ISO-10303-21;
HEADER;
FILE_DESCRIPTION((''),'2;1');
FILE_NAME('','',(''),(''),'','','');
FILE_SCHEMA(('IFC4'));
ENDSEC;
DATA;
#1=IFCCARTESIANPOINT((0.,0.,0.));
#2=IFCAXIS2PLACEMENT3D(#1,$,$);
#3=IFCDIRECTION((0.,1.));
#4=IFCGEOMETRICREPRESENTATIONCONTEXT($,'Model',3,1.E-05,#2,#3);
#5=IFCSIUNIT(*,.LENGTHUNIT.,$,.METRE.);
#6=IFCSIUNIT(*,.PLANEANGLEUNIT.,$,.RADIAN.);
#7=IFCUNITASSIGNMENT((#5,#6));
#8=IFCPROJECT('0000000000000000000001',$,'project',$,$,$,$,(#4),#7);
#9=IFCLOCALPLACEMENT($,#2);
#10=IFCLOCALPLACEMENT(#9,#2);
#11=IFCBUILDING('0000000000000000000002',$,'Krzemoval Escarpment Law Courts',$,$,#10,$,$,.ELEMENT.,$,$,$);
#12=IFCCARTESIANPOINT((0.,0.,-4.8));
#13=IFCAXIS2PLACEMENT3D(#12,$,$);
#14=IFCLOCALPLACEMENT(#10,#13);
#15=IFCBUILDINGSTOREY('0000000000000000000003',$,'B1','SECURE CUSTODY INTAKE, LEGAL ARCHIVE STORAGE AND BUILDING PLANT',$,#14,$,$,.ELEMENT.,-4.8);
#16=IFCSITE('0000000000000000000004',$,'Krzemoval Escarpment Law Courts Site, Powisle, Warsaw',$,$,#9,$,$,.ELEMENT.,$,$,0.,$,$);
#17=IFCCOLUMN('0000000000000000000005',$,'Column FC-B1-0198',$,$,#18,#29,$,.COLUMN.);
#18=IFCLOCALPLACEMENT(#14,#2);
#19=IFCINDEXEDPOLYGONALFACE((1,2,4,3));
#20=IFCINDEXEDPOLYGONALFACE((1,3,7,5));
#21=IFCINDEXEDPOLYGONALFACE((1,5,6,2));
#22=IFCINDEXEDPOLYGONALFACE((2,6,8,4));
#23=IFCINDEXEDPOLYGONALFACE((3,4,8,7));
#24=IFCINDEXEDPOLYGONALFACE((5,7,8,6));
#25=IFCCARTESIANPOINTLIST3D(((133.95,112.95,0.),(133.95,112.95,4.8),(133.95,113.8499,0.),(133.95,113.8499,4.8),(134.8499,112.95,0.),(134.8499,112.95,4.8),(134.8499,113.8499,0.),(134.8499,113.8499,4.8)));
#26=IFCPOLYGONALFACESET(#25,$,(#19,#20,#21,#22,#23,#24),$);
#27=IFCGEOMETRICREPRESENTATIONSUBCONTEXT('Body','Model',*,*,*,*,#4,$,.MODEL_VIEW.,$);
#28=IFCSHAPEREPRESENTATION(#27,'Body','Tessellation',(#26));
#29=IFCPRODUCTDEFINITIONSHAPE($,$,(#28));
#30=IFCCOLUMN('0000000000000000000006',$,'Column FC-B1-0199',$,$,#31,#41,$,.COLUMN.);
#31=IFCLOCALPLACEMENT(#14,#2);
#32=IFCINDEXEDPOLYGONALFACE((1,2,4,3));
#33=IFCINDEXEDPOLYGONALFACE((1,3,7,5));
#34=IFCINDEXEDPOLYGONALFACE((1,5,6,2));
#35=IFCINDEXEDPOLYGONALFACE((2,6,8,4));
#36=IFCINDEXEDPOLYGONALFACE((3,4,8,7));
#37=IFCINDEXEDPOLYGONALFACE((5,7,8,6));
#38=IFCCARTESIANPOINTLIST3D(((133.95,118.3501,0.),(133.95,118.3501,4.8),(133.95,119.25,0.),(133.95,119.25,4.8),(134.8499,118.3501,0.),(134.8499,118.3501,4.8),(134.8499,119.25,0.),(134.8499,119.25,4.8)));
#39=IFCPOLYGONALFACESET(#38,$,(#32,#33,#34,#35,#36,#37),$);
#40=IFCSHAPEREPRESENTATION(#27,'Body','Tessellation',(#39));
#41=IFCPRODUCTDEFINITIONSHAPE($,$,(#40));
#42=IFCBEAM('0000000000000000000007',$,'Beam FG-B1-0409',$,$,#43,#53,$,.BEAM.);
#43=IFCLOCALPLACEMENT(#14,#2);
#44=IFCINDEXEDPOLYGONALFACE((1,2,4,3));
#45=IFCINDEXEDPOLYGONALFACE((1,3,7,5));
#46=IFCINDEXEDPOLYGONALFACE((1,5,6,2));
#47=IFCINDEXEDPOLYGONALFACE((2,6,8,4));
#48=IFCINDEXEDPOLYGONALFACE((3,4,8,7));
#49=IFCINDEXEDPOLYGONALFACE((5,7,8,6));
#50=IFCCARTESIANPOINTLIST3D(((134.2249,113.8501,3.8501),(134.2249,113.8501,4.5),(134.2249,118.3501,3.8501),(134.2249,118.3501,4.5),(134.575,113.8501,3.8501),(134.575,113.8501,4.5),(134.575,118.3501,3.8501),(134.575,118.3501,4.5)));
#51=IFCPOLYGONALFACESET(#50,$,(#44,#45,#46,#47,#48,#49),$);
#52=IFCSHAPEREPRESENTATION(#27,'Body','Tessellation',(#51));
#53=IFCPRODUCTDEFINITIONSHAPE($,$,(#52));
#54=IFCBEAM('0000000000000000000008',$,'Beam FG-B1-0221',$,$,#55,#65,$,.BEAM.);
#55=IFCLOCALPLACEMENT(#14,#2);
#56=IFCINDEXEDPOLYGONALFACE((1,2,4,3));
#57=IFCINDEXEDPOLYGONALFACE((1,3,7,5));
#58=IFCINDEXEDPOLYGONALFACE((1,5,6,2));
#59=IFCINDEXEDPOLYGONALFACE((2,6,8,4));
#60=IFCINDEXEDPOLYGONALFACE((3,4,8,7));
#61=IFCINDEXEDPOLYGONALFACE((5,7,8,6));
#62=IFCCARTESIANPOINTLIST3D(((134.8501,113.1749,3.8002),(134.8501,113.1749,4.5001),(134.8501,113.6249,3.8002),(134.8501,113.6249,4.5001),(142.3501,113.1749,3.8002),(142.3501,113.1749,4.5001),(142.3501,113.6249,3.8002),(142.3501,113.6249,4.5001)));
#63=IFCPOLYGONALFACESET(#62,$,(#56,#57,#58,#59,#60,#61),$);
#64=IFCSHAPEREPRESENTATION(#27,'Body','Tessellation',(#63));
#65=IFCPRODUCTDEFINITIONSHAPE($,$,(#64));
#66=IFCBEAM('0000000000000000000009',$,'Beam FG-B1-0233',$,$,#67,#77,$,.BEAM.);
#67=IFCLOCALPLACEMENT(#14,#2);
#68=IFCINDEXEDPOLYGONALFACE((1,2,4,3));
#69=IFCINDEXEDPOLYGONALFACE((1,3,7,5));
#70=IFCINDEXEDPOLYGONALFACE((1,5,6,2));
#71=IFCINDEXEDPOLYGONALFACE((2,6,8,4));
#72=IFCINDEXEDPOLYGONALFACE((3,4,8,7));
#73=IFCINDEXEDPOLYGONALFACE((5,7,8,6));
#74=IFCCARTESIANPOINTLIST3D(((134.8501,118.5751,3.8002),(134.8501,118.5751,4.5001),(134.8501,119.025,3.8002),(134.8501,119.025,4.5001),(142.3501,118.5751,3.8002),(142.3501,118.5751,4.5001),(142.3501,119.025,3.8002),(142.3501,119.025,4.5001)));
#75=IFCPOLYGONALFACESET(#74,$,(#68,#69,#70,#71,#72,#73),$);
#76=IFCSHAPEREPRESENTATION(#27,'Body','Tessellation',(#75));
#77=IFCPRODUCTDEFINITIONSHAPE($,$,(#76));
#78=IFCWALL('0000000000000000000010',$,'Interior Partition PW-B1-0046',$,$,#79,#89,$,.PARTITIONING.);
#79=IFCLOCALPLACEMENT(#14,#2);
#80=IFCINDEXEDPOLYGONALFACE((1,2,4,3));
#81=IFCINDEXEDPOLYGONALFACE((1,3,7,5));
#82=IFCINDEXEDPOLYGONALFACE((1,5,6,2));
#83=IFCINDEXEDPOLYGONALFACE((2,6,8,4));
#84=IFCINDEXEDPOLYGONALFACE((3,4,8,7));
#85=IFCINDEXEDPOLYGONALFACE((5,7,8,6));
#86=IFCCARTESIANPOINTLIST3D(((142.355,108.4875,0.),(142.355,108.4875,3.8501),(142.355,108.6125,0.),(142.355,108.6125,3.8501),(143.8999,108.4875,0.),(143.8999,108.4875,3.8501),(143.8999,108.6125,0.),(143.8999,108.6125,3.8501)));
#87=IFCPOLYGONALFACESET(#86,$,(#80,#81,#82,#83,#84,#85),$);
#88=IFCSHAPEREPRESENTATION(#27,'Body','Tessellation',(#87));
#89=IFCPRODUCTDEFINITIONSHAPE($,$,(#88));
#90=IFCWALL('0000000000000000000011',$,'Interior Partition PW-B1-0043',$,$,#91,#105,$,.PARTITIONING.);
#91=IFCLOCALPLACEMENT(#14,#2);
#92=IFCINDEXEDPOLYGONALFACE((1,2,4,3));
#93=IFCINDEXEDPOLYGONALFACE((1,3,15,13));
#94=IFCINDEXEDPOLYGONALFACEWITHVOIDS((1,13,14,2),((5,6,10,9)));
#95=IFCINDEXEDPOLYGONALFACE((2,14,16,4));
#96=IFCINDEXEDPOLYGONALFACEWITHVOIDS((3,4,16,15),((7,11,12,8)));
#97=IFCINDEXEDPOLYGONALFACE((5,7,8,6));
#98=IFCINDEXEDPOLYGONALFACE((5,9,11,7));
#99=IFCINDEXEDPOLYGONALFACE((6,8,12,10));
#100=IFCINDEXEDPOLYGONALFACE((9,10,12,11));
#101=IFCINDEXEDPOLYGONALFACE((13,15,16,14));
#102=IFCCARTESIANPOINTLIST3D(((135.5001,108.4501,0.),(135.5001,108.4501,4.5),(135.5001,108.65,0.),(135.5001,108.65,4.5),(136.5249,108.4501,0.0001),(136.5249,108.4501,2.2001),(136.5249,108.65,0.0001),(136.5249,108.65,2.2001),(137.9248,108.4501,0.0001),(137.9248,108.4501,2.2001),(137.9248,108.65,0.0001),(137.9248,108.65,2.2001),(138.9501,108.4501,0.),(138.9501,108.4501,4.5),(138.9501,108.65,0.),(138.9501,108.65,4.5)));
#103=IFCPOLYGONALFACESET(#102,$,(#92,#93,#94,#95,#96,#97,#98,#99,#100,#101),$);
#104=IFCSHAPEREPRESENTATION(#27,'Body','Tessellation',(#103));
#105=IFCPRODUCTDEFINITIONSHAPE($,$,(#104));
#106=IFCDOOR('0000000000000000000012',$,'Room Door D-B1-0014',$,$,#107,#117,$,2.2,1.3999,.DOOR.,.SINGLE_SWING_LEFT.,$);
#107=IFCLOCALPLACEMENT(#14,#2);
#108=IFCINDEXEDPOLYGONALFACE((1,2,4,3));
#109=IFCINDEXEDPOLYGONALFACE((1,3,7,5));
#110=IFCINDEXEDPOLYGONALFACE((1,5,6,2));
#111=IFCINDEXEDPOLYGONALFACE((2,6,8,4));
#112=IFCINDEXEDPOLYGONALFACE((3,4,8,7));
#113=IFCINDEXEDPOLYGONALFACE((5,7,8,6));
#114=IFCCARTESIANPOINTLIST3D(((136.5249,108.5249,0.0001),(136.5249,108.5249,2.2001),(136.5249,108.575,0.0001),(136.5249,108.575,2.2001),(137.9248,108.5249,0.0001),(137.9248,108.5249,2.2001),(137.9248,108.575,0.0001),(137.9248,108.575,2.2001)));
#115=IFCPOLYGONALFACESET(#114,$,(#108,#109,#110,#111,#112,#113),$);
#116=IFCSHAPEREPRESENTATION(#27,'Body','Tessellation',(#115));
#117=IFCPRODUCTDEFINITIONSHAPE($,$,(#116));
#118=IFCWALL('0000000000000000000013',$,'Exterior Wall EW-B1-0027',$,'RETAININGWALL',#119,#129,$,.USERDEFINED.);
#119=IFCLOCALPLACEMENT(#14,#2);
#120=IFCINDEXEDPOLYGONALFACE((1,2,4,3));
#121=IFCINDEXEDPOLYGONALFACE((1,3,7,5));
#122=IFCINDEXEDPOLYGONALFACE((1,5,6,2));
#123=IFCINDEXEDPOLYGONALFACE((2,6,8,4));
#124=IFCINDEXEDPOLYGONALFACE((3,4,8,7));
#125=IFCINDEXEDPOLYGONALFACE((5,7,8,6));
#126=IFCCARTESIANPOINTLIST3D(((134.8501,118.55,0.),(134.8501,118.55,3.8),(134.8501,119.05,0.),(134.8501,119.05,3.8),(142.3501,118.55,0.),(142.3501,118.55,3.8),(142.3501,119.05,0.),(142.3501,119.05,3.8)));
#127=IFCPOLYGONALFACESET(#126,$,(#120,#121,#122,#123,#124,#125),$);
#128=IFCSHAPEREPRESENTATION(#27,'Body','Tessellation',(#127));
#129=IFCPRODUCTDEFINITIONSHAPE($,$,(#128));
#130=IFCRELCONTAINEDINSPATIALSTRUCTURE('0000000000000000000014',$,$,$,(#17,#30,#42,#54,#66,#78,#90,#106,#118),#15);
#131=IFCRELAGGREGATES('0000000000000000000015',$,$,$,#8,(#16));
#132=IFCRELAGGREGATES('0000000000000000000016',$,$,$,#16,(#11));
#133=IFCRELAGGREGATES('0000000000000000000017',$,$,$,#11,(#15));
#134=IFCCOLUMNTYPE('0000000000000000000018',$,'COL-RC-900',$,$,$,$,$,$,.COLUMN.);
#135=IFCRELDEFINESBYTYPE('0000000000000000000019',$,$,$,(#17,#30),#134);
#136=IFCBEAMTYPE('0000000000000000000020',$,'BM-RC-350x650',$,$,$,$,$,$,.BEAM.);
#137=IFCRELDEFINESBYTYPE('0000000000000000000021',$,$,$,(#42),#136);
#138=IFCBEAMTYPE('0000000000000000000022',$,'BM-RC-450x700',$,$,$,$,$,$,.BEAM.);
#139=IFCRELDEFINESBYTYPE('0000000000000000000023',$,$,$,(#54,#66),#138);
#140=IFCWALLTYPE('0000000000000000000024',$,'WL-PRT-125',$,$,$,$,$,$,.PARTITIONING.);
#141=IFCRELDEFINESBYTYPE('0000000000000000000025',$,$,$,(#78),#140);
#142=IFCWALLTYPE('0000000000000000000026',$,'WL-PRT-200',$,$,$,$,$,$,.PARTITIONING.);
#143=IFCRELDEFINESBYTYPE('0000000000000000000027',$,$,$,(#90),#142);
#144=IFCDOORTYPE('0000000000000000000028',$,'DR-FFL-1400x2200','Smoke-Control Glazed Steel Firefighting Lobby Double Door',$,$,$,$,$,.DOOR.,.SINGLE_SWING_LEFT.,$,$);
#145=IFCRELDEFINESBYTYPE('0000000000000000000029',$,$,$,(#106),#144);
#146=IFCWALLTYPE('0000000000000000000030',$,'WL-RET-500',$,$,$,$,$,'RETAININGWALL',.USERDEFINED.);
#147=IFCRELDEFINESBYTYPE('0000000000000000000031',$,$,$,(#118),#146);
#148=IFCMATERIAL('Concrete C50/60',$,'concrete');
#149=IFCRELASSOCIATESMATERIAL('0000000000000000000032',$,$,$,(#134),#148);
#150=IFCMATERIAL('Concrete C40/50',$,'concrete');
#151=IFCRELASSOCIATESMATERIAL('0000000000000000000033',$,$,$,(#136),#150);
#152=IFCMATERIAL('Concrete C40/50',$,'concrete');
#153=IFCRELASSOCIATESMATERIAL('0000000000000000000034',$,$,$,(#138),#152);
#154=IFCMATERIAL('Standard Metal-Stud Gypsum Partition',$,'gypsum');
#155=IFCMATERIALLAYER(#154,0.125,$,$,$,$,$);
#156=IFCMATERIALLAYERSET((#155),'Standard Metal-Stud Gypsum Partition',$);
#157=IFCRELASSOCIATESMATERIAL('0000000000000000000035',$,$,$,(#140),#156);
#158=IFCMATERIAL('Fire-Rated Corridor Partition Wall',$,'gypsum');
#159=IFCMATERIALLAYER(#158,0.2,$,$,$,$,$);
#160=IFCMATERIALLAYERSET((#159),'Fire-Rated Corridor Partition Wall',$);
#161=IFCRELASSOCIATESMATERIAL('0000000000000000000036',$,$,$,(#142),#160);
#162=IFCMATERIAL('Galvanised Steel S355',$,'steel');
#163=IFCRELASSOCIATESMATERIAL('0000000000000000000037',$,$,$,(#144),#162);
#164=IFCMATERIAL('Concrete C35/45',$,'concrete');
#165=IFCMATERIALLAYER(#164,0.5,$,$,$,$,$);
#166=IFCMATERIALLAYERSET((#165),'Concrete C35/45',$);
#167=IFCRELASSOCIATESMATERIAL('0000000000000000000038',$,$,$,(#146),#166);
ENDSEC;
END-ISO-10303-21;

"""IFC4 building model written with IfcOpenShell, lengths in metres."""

from ifc_helpers import new_model, si_unit, direction, frame, frame_2d, origin, origin_2d, place, context, subcontext, project, spatial, rectangle, extrude, material, layer, layer_set, material_profile, profile_set, type_object, element, fill, save


model = new_model("IFC4")

# Units and contexts
model_context = context("Model", 3, precision=1e-05, world=origin(), true_north=direction((0.0, 1.0)))
body_context = subcontext(model_context, "Body", "Model", "MODEL_VIEW")
ifc_project = project(units=[si_unit("LENGTHUNIT", "METRE"), si_unit("PLANEANGLEUNIT", "RADIAN")], contexts=[model_context])

# Site, building, storey
site_placement = place(None, origin())
site = spatial("IfcSite", under=ifc_project, at=site_placement, Name="Krzemoval Escarpment Law Courts Site, Powisle, Warsaw", CompositionType="ELEMENT", RefElevation=0.0)
building_placement = place(site_placement, origin())
building = spatial("IfcBuilding", under=site, at=building_placement, Name="Krzemoval Escarpment Law Courts", CompositionType="ELEMENT")
storey_placement = place(building_placement, frame((0.0, 0.0, -4.8)))
storey = spatial("IfcBuildingStorey", under=building, at=storey_placement, Name="B1", Description="SECURE CUSTODY INTAKE, LEGAL ARCHIVE STORAGE AND BUILDING PLANT", CompositionType="ELEMENT", Elevation=-4.8)

# Columns
ifc_material_1 = material(Name="Concrete C50/60", Category="concrete")
ifc_material_profile_1 = material_profile(ifc_material_1, rectangle(XDim=0.8999, YDim=0.8999, at=origin_2d()), Name="RC 900x900")
ifc_profile_set_1 = profile_set([ifc_material_profile_1], Name="Concrete C50/60")
column_type = type_object("IfcColumnType", Name="COL-RC-900", PredefinedType="COLUMN", material=ifc_profile_set_1)
for number, where, z_axis, x_axis, name in (
    (1, (134.3999, 113.3999, 0.0), (0.0, 0.0, 1.0), (1.0, 0.0, 0.0), "Column FC-B1-0198"),
    (2, (134.3999, 118.8, 0.0), (0.0, 0.0, 1.0), (1.0, 0.0, 0.0), "Column FC-B1-0199"),
):
    element("IfcColumn", number, at=place(storey_placement, frame(where, z_axis=z_axis, x_axis=x_axis)), inside=storey, type_object=column_type, Name=name, PredefinedType="COLUMN", context=body_context, shape_type="SweptSolid", body=[
        extrude(rectangle(XDim=0.8999, YDim=0.8999, at=origin_2d()), origin(), (0.0, 0.0, 1.0), 4.8),
    ])

# Beams
ifc_material_2 = material(Name="Concrete C40/50", Category="concrete")
ifc_material_profile_2 = material_profile(ifc_material_2, rectangle(XDim=0.3501, YDim=0.6499, at=origin_2d()), Name="RCB 350x650")
ifc_profile_set_2 = profile_set([ifc_material_profile_2], Name="Concrete C40/50")
beam_type_1 = type_object("IfcBeamType", Name="BM-RC-350x650", PredefinedType="BEAM", material=ifc_profile_set_2)
beam_placement = place(storey_placement, frame((134.3999, 113.8501, 4.175), z_axis=(0.0, 1.0, 0.0), x_axis=(-1.0, 0.0, 0.0)))
element("IfcBeam", 3, at=beam_placement, inside=storey, type_object=beam_type_1, Name="Beam FG-B1-0409", PredefinedType="BEAM", context=body_context, shape_type="SweptSolid", body=[
    extrude(rectangle(XDim=0.3501, YDim=0.6499, at=origin_2d()), origin(), (0.0, 0.0, 1.0), 4.5),
])
ifc_material_3 = material(Name="Concrete C40/50", Category="concrete")
ifc_material_profile_3 = material_profile(ifc_material_3, rectangle(XDim=0.45, YDim=0.7, at=origin_2d()), Name="RCB 450x700")
ifc_profile_set_3 = profile_set([ifc_material_profile_3], Name="Concrete C40/50")
beam_type_2 = type_object("IfcBeamType", Name="BM-RC-450x700", PredefinedType="BEAM", material=ifc_profile_set_3)
for number, where, z_axis, x_axis, name in (
    (4, (134.8501, 113.3999, 4.1501), (1.0, 0.0, 0.0), (0.0, 1.0, 0.0), "Beam FG-B1-0221"),
    (5, (134.8501, 118.8, 4.1501), (1.0, 0.0, 0.0), (0.0, 1.0, 0.0), "Beam FG-B1-0233"),
):
    element("IfcBeam", number, at=place(storey_placement, frame(where, z_axis=z_axis, x_axis=x_axis)), inside=storey, type_object=beam_type_2, Name=name, PredefinedType="BEAM", context=body_context, shape_type="SweptSolid", body=[
        extrude(rectangle(XDim=0.45, YDim=0.7, at=origin_2d()), origin(), (0.0, 0.0, 1.0), 7.5),
    ])

# Wall
ifc_material_4 = material(Name="Standard Metal-Stud Gypsum Partition", Category="gypsum")
ifc_layer_1 = layer(ifc_material_4, 0.125)
ifc_layer_set_1 = layer_set([ifc_layer_1], Name="Standard Metal-Stud Gypsum Partition")
wall_type_1 = type_object("IfcWallType", Name="WL-PRT-125", PredefinedType="PARTITIONING", material=ifc_layer_set_1)
wall_1_placement = place(storey_placement, frame((142.355, 108.55, 0.0), z_axis=(0.0, 0.0, 1.0), x_axis=(1.0, 0.0, 0.0)))
element("IfcWall", 6, at=wall_1_placement, inside=storey, type_object=wall_type_1, Name="Interior Partition PW-B1-0046", PredefinedType="PARTITIONING", context=body_context, shape_type="SweptSolid", body=[
    extrude(rectangle(XDim=1.5449, YDim=0.125, at=frame_2d((0.7725, 0.0))), origin(), (0.0, 0.0, 1.0), 3.8501),
])

# Wall, opening, door
ifc_material_5 = material(Name="Fire-Rated Corridor Partition Wall", Category="gypsum")
ifc_layer_2 = layer(ifc_material_5, 0.2)
ifc_layer_set_2 = layer_set([ifc_layer_2], Name="Fire-Rated Corridor Partition Wall")
wall_type_2 = type_object("IfcWallType", Name="WL-PRT-200", PredefinedType="PARTITIONING", material=ifc_layer_set_2)
wall_2_placement = place(storey_placement, frame((135.5, 108.55, 0.0), z_axis=(0.0, 0.0, 1.0), x_axis=(1.0, 0.0, 0.0)))
wall_2 = element("IfcWall", 7, at=wall_2_placement, inside=storey, type_object=wall_type_2, Name="Interior Partition PW-B1-0043", PredefinedType="PARTITIONING", context=body_context, shape_type="SweptSolid", body=[
    extrude(rectangle(XDim=3.45, YDim=0.2, at=frame_2d((1.7251, 0.0))), origin(), (0.0, 0.0, 1.0), 4.5),
])
opening_1_placement = place(wall_2_placement, frame((1.0249, 0.0, 0.0)))
opening_1 = element("IfcOpeningElement", 8, at=opening_1_placement, cuts=wall_2, PredefinedType="OPENING", context=body_context, shape_type="SweptSolid", body=[
    extrude(rectangle(XDim=1.3999, YDim=2.2, at=frame_2d((0.7, 1.1001))), frame((0.0, 0.115, 0.0), z_axis=(0.0, -1.0, 0.0), x_axis=(1.0, 0.0, 0.0)), (0.0, 0.0, 1.0), 0.2299),
])
ifc_material_6 = material(Name="Galvanised Steel S355", Category="steel")
door_type_1 = type_object("IfcDoorType", Name="DR-FFL-1400x2200", Description="Smoke-Control Glazed Steel Firefighting Lobby Double Door", OperationType="SINGLE_SWING_LEFT", PredefinedType="DOOR", material=ifc_material_6)
door_1_placement = place(opening_1_placement, origin())
door_1 = element("IfcDoor", 9, at=door_1_placement, inside=storey, type_object=door_type_1, Name="Room Door D-B1-0014", OperationType="SINGLE_SWING_LEFT", OverallHeight=2.2, OverallWidth=1.3999, PredefinedType="DOOR", context=body_context, shape_type="SweptSolid", body=[
    extrude(rectangle(XDim=1.3999, YDim=2.2, at=frame_2d((0.7, 1.1001))), frame((0.0, 0.0249, 0.0), z_axis=(0.0, -1.0, 0.0), x_axis=(1.0, 0.0, 0.0)), (0.0, 0.0, 1.0), 0.05),
])
fill(opening_1, door_1)

# Wall
ifc_material_7 = material(Name="Concrete C35/45", Category="concrete")
ifc_layer_3 = layer(ifc_material_7, 0.5)
ifc_layer_set_3 = layer_set([ifc_layer_3], Name="Concrete C35/45")
wall_type_3 = type_object("IfcWallType", Name="WL-RET-500", ElementType="RETAININGWALL", PredefinedType="USERDEFINED", material=ifc_layer_set_3)
wall_3_placement = place(storey_placement, frame((134.8501, 118.8, 0.0), z_axis=(0.0, 0.0, 1.0), x_axis=(1.0, 0.0, 0.0)))
element("IfcWall", 10, at=wall_3_placement, inside=storey, type_object=wall_type_3, Name="Exterior Wall EW-B1-0027", ObjectType="RETAININGWALL", PredefinedType="USERDEFINED", context=body_context, shape_type="SweptSolid", body=[
    extrude(rectangle(XDim=7.5, YDim=0.5, at=frame_2d((3.75, 0.0))), origin(), (0.0, 0.0, 1.0), 3.8),
])

save(model, "model.ifc")
